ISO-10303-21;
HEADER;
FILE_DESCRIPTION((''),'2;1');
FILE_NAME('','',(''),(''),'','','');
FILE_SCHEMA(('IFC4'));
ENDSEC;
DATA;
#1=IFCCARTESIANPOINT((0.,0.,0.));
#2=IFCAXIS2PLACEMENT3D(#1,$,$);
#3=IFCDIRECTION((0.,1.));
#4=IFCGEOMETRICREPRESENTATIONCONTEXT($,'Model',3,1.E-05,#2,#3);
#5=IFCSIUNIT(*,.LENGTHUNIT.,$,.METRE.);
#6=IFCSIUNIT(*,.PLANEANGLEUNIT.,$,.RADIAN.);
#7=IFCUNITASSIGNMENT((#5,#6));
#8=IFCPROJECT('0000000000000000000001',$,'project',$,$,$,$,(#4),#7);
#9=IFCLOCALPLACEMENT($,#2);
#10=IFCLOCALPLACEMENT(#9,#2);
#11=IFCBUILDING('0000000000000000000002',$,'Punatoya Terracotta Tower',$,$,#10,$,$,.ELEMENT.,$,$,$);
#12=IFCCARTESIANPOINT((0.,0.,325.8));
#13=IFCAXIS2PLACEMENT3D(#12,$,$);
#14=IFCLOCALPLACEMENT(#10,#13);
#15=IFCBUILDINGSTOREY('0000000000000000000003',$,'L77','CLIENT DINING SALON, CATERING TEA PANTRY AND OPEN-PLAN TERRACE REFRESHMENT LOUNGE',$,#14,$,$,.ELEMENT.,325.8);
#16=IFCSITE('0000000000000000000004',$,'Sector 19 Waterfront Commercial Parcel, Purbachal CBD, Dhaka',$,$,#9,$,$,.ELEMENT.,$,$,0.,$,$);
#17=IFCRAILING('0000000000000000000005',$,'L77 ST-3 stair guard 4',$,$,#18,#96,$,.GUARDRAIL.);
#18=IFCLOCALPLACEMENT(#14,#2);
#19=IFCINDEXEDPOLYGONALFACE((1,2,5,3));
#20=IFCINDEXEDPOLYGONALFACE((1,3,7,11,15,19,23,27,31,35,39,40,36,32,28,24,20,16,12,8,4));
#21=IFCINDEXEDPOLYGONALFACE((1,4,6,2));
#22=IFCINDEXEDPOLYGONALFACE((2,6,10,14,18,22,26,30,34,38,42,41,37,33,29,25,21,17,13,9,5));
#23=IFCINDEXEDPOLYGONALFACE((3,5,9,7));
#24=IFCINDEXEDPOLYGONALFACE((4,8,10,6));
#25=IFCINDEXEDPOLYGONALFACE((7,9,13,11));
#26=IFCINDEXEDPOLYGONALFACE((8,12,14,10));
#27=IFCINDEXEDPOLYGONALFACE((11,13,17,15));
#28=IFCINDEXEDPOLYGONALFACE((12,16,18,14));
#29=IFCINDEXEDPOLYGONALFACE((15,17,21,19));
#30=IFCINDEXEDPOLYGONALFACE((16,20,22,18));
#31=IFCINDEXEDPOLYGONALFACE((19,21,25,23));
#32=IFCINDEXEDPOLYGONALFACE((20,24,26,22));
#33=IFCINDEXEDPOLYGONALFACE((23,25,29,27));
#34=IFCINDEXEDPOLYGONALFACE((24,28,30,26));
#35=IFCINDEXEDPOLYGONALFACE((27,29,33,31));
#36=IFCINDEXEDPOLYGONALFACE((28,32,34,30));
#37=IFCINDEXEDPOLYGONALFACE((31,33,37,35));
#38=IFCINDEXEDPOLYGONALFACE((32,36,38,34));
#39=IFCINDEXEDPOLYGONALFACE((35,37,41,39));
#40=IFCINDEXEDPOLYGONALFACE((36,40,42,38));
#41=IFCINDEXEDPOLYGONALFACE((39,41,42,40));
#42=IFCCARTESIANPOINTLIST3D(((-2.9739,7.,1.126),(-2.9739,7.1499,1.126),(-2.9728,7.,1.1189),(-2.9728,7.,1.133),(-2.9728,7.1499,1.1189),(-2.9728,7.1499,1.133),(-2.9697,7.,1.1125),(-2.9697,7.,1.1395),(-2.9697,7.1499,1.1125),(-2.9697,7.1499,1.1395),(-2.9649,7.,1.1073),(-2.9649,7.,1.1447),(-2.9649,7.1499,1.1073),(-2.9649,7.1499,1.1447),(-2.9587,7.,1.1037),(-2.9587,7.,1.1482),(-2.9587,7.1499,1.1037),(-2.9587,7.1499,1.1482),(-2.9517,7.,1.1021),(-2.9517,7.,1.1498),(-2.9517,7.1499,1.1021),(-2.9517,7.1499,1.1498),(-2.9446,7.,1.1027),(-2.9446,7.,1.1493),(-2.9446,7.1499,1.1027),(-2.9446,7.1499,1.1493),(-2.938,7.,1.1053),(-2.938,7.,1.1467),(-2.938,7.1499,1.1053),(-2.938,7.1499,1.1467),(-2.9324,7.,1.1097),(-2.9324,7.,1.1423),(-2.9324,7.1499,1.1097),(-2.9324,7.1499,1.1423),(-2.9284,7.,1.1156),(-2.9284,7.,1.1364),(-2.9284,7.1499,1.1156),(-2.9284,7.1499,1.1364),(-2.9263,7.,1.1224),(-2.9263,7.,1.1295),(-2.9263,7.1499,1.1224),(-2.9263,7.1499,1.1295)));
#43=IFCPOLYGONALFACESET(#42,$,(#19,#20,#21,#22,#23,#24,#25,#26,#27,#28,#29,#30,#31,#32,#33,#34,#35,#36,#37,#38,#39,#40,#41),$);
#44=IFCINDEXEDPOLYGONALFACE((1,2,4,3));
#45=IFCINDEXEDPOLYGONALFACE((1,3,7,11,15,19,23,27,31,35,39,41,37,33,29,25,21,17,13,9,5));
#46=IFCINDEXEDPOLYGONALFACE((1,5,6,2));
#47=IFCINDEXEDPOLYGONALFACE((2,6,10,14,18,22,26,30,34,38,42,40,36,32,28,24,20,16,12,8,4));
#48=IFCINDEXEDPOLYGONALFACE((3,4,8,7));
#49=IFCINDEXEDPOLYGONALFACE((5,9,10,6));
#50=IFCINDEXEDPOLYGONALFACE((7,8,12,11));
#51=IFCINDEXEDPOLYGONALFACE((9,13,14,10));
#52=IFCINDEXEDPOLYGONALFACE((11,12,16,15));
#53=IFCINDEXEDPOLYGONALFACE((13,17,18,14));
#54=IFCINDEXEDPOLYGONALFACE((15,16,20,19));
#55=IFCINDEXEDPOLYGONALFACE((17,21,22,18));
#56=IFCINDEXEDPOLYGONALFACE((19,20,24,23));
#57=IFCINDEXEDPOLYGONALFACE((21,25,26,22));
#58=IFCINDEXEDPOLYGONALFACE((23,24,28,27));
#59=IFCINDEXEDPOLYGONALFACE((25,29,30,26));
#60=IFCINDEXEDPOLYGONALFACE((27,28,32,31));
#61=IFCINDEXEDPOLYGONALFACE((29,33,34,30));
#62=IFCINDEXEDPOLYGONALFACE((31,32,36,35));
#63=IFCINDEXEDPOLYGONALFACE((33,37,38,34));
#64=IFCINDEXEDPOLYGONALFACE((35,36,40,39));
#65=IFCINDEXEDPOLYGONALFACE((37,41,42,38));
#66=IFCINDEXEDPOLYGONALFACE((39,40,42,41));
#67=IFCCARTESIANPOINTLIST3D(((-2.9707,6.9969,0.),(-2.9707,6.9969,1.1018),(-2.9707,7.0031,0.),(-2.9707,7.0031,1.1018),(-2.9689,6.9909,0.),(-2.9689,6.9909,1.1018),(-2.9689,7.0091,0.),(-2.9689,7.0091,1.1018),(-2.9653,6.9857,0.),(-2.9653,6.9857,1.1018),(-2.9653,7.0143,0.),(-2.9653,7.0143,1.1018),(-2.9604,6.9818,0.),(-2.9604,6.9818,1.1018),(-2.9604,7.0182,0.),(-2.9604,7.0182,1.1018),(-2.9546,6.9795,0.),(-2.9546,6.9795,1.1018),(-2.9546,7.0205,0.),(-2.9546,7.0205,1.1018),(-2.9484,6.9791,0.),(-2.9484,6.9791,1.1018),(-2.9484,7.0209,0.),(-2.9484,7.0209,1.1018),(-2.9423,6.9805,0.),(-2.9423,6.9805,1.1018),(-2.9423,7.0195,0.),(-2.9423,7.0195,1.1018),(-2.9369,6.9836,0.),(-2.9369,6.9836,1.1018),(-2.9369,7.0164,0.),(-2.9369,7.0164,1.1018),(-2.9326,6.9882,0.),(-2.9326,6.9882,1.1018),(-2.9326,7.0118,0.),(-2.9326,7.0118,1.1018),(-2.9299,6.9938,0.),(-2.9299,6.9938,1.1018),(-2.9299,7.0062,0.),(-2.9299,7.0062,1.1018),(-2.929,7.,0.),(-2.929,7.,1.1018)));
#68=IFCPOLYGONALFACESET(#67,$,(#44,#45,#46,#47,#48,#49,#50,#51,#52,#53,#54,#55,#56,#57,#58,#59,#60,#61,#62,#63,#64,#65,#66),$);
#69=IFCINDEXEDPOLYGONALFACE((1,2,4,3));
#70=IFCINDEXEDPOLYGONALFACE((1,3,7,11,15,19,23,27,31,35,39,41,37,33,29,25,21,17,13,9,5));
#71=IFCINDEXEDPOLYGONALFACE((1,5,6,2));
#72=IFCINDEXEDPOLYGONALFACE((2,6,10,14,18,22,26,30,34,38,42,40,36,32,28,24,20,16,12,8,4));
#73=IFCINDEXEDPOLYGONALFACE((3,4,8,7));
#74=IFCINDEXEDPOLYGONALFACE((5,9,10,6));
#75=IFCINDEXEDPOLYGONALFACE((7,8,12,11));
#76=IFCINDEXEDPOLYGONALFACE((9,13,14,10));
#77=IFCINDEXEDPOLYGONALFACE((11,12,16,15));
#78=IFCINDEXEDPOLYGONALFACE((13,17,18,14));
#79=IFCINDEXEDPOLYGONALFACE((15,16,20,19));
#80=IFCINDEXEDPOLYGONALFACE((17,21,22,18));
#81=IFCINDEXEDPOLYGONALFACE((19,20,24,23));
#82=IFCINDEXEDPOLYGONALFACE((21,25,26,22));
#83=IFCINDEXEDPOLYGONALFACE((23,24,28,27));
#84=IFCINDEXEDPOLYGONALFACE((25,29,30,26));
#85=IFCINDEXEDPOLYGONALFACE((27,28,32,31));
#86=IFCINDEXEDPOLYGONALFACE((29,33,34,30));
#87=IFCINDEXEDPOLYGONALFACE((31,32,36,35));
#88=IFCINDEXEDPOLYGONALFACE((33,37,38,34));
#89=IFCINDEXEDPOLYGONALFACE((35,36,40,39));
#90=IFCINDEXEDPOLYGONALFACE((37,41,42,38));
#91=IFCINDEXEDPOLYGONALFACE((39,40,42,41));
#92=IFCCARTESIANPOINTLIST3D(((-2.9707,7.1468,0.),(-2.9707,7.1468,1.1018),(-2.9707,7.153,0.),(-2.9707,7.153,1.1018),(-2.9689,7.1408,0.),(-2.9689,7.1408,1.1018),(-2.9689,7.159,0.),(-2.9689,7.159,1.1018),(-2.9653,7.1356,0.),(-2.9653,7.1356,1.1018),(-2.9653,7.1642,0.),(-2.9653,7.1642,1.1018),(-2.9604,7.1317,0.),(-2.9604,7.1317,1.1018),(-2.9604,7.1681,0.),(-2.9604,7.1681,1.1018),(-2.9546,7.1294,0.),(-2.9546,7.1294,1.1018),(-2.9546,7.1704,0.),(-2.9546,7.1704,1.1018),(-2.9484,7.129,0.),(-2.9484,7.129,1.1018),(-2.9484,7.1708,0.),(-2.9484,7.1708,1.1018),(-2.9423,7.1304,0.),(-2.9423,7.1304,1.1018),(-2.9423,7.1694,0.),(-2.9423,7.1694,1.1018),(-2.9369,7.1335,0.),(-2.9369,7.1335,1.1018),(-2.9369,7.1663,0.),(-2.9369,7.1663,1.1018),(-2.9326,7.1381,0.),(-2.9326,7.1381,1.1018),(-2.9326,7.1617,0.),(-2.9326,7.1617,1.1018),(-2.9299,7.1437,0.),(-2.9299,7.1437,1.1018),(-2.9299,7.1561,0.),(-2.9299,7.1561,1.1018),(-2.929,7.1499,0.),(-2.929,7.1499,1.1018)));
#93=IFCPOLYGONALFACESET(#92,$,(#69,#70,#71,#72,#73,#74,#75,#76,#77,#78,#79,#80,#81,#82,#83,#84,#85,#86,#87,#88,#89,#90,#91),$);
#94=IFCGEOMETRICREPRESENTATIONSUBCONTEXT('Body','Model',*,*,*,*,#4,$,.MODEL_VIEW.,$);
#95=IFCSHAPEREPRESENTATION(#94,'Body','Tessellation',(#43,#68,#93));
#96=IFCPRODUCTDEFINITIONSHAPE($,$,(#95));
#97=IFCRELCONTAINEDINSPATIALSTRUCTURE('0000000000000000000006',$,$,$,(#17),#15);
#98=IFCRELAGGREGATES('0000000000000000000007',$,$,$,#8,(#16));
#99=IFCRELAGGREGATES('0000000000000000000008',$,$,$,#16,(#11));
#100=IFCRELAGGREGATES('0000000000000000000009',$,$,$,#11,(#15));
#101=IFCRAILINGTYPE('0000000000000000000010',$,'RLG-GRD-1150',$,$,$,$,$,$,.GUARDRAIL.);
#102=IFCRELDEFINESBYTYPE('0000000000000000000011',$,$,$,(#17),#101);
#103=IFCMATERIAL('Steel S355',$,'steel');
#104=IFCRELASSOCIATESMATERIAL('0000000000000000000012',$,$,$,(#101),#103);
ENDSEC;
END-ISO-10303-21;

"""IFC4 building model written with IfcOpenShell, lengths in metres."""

from ifc_helpers import new_model, si_unit, direction, frame, origin, origin_2d, place, context, subcontext, project, spatial, circle, extrude, material, type_object, element, save


model = new_model("IFC4")

# Units and contexts
model_context = context("Model", 3, precision=1e-05, world=origin(), true_north=direction((0.0, 1.0)))
body_context = subcontext(model_context, "Body", "Model", "MODEL_VIEW")
ifc_project = project(units=[si_unit("LENGTHUNIT", "METRE"), si_unit("PLANEANGLEUNIT", "RADIAN")], contexts=[model_context])

# Site, building, storey
site_placement = place(None, origin())
site = spatial("IfcSite", under=ifc_project, at=site_placement, Name="Sector 19 Waterfront Commercial Parcel, Purbachal CBD, Dhaka", CompositionType="ELEMENT", RefElevation=0.0)
building_placement = place(site_placement, origin())
building = spatial("IfcBuilding", under=site, at=building_placement, Name="Punatoya Terracotta Tower", CompositionType="ELEMENT")
storey_placement = place(building_placement, frame((0.0, 0.0, 325.8)))
storey = spatial("IfcBuildingStorey", under=building, at=storey_placement, Name="L77", Description="CLIENT DINING SALON, CATERING TEA PANTRY AND OPEN-PLAN TERRACE REFRESHMENT LOUNGE", CompositionType="ELEMENT", Elevation=325.8)

# Shared definitions
ifc_material_1 = material(Name="Steel S355", Category="steel")

# Railing
railing_type_1 = type_object("IfcRailingType", Name="RLG-GRD-1150", PredefinedType="GUARDRAIL", material=ifc_material_1)
railing_1_placement = place(storey_placement, frame((-2.95, 7.0, 0.0)))
element("IfcRailing", 1, at=railing_1_placement, inside=storey, type_object=railing_type_1, Name="L77 ST-3 stair guard 4", PredefinedType="GUARDRAIL", context=body_context, shape_type="SweptSolid", body=[
    extrude(circle(Radius=0.0239, at=origin_2d()), frame((0.0, 0.0, 1.126), z_axis=(0.0, 1.0, 0.0), x_axis=(-1.0, 0.0, 0.0)), (0.0, 0.0, 1.0), 0.1499),
    extrude(circle(Radius=0.021, at=origin_2d()), origin(), (0.0, 0.0, 1.0), 1.1018),
    extrude(circle(Radius=0.021, at=origin_2d()), frame((0.0, 0.1499, 0.0)), (0.0, 0.0, 1.0), 1.1018),
])

save(model, "model.ifc")
